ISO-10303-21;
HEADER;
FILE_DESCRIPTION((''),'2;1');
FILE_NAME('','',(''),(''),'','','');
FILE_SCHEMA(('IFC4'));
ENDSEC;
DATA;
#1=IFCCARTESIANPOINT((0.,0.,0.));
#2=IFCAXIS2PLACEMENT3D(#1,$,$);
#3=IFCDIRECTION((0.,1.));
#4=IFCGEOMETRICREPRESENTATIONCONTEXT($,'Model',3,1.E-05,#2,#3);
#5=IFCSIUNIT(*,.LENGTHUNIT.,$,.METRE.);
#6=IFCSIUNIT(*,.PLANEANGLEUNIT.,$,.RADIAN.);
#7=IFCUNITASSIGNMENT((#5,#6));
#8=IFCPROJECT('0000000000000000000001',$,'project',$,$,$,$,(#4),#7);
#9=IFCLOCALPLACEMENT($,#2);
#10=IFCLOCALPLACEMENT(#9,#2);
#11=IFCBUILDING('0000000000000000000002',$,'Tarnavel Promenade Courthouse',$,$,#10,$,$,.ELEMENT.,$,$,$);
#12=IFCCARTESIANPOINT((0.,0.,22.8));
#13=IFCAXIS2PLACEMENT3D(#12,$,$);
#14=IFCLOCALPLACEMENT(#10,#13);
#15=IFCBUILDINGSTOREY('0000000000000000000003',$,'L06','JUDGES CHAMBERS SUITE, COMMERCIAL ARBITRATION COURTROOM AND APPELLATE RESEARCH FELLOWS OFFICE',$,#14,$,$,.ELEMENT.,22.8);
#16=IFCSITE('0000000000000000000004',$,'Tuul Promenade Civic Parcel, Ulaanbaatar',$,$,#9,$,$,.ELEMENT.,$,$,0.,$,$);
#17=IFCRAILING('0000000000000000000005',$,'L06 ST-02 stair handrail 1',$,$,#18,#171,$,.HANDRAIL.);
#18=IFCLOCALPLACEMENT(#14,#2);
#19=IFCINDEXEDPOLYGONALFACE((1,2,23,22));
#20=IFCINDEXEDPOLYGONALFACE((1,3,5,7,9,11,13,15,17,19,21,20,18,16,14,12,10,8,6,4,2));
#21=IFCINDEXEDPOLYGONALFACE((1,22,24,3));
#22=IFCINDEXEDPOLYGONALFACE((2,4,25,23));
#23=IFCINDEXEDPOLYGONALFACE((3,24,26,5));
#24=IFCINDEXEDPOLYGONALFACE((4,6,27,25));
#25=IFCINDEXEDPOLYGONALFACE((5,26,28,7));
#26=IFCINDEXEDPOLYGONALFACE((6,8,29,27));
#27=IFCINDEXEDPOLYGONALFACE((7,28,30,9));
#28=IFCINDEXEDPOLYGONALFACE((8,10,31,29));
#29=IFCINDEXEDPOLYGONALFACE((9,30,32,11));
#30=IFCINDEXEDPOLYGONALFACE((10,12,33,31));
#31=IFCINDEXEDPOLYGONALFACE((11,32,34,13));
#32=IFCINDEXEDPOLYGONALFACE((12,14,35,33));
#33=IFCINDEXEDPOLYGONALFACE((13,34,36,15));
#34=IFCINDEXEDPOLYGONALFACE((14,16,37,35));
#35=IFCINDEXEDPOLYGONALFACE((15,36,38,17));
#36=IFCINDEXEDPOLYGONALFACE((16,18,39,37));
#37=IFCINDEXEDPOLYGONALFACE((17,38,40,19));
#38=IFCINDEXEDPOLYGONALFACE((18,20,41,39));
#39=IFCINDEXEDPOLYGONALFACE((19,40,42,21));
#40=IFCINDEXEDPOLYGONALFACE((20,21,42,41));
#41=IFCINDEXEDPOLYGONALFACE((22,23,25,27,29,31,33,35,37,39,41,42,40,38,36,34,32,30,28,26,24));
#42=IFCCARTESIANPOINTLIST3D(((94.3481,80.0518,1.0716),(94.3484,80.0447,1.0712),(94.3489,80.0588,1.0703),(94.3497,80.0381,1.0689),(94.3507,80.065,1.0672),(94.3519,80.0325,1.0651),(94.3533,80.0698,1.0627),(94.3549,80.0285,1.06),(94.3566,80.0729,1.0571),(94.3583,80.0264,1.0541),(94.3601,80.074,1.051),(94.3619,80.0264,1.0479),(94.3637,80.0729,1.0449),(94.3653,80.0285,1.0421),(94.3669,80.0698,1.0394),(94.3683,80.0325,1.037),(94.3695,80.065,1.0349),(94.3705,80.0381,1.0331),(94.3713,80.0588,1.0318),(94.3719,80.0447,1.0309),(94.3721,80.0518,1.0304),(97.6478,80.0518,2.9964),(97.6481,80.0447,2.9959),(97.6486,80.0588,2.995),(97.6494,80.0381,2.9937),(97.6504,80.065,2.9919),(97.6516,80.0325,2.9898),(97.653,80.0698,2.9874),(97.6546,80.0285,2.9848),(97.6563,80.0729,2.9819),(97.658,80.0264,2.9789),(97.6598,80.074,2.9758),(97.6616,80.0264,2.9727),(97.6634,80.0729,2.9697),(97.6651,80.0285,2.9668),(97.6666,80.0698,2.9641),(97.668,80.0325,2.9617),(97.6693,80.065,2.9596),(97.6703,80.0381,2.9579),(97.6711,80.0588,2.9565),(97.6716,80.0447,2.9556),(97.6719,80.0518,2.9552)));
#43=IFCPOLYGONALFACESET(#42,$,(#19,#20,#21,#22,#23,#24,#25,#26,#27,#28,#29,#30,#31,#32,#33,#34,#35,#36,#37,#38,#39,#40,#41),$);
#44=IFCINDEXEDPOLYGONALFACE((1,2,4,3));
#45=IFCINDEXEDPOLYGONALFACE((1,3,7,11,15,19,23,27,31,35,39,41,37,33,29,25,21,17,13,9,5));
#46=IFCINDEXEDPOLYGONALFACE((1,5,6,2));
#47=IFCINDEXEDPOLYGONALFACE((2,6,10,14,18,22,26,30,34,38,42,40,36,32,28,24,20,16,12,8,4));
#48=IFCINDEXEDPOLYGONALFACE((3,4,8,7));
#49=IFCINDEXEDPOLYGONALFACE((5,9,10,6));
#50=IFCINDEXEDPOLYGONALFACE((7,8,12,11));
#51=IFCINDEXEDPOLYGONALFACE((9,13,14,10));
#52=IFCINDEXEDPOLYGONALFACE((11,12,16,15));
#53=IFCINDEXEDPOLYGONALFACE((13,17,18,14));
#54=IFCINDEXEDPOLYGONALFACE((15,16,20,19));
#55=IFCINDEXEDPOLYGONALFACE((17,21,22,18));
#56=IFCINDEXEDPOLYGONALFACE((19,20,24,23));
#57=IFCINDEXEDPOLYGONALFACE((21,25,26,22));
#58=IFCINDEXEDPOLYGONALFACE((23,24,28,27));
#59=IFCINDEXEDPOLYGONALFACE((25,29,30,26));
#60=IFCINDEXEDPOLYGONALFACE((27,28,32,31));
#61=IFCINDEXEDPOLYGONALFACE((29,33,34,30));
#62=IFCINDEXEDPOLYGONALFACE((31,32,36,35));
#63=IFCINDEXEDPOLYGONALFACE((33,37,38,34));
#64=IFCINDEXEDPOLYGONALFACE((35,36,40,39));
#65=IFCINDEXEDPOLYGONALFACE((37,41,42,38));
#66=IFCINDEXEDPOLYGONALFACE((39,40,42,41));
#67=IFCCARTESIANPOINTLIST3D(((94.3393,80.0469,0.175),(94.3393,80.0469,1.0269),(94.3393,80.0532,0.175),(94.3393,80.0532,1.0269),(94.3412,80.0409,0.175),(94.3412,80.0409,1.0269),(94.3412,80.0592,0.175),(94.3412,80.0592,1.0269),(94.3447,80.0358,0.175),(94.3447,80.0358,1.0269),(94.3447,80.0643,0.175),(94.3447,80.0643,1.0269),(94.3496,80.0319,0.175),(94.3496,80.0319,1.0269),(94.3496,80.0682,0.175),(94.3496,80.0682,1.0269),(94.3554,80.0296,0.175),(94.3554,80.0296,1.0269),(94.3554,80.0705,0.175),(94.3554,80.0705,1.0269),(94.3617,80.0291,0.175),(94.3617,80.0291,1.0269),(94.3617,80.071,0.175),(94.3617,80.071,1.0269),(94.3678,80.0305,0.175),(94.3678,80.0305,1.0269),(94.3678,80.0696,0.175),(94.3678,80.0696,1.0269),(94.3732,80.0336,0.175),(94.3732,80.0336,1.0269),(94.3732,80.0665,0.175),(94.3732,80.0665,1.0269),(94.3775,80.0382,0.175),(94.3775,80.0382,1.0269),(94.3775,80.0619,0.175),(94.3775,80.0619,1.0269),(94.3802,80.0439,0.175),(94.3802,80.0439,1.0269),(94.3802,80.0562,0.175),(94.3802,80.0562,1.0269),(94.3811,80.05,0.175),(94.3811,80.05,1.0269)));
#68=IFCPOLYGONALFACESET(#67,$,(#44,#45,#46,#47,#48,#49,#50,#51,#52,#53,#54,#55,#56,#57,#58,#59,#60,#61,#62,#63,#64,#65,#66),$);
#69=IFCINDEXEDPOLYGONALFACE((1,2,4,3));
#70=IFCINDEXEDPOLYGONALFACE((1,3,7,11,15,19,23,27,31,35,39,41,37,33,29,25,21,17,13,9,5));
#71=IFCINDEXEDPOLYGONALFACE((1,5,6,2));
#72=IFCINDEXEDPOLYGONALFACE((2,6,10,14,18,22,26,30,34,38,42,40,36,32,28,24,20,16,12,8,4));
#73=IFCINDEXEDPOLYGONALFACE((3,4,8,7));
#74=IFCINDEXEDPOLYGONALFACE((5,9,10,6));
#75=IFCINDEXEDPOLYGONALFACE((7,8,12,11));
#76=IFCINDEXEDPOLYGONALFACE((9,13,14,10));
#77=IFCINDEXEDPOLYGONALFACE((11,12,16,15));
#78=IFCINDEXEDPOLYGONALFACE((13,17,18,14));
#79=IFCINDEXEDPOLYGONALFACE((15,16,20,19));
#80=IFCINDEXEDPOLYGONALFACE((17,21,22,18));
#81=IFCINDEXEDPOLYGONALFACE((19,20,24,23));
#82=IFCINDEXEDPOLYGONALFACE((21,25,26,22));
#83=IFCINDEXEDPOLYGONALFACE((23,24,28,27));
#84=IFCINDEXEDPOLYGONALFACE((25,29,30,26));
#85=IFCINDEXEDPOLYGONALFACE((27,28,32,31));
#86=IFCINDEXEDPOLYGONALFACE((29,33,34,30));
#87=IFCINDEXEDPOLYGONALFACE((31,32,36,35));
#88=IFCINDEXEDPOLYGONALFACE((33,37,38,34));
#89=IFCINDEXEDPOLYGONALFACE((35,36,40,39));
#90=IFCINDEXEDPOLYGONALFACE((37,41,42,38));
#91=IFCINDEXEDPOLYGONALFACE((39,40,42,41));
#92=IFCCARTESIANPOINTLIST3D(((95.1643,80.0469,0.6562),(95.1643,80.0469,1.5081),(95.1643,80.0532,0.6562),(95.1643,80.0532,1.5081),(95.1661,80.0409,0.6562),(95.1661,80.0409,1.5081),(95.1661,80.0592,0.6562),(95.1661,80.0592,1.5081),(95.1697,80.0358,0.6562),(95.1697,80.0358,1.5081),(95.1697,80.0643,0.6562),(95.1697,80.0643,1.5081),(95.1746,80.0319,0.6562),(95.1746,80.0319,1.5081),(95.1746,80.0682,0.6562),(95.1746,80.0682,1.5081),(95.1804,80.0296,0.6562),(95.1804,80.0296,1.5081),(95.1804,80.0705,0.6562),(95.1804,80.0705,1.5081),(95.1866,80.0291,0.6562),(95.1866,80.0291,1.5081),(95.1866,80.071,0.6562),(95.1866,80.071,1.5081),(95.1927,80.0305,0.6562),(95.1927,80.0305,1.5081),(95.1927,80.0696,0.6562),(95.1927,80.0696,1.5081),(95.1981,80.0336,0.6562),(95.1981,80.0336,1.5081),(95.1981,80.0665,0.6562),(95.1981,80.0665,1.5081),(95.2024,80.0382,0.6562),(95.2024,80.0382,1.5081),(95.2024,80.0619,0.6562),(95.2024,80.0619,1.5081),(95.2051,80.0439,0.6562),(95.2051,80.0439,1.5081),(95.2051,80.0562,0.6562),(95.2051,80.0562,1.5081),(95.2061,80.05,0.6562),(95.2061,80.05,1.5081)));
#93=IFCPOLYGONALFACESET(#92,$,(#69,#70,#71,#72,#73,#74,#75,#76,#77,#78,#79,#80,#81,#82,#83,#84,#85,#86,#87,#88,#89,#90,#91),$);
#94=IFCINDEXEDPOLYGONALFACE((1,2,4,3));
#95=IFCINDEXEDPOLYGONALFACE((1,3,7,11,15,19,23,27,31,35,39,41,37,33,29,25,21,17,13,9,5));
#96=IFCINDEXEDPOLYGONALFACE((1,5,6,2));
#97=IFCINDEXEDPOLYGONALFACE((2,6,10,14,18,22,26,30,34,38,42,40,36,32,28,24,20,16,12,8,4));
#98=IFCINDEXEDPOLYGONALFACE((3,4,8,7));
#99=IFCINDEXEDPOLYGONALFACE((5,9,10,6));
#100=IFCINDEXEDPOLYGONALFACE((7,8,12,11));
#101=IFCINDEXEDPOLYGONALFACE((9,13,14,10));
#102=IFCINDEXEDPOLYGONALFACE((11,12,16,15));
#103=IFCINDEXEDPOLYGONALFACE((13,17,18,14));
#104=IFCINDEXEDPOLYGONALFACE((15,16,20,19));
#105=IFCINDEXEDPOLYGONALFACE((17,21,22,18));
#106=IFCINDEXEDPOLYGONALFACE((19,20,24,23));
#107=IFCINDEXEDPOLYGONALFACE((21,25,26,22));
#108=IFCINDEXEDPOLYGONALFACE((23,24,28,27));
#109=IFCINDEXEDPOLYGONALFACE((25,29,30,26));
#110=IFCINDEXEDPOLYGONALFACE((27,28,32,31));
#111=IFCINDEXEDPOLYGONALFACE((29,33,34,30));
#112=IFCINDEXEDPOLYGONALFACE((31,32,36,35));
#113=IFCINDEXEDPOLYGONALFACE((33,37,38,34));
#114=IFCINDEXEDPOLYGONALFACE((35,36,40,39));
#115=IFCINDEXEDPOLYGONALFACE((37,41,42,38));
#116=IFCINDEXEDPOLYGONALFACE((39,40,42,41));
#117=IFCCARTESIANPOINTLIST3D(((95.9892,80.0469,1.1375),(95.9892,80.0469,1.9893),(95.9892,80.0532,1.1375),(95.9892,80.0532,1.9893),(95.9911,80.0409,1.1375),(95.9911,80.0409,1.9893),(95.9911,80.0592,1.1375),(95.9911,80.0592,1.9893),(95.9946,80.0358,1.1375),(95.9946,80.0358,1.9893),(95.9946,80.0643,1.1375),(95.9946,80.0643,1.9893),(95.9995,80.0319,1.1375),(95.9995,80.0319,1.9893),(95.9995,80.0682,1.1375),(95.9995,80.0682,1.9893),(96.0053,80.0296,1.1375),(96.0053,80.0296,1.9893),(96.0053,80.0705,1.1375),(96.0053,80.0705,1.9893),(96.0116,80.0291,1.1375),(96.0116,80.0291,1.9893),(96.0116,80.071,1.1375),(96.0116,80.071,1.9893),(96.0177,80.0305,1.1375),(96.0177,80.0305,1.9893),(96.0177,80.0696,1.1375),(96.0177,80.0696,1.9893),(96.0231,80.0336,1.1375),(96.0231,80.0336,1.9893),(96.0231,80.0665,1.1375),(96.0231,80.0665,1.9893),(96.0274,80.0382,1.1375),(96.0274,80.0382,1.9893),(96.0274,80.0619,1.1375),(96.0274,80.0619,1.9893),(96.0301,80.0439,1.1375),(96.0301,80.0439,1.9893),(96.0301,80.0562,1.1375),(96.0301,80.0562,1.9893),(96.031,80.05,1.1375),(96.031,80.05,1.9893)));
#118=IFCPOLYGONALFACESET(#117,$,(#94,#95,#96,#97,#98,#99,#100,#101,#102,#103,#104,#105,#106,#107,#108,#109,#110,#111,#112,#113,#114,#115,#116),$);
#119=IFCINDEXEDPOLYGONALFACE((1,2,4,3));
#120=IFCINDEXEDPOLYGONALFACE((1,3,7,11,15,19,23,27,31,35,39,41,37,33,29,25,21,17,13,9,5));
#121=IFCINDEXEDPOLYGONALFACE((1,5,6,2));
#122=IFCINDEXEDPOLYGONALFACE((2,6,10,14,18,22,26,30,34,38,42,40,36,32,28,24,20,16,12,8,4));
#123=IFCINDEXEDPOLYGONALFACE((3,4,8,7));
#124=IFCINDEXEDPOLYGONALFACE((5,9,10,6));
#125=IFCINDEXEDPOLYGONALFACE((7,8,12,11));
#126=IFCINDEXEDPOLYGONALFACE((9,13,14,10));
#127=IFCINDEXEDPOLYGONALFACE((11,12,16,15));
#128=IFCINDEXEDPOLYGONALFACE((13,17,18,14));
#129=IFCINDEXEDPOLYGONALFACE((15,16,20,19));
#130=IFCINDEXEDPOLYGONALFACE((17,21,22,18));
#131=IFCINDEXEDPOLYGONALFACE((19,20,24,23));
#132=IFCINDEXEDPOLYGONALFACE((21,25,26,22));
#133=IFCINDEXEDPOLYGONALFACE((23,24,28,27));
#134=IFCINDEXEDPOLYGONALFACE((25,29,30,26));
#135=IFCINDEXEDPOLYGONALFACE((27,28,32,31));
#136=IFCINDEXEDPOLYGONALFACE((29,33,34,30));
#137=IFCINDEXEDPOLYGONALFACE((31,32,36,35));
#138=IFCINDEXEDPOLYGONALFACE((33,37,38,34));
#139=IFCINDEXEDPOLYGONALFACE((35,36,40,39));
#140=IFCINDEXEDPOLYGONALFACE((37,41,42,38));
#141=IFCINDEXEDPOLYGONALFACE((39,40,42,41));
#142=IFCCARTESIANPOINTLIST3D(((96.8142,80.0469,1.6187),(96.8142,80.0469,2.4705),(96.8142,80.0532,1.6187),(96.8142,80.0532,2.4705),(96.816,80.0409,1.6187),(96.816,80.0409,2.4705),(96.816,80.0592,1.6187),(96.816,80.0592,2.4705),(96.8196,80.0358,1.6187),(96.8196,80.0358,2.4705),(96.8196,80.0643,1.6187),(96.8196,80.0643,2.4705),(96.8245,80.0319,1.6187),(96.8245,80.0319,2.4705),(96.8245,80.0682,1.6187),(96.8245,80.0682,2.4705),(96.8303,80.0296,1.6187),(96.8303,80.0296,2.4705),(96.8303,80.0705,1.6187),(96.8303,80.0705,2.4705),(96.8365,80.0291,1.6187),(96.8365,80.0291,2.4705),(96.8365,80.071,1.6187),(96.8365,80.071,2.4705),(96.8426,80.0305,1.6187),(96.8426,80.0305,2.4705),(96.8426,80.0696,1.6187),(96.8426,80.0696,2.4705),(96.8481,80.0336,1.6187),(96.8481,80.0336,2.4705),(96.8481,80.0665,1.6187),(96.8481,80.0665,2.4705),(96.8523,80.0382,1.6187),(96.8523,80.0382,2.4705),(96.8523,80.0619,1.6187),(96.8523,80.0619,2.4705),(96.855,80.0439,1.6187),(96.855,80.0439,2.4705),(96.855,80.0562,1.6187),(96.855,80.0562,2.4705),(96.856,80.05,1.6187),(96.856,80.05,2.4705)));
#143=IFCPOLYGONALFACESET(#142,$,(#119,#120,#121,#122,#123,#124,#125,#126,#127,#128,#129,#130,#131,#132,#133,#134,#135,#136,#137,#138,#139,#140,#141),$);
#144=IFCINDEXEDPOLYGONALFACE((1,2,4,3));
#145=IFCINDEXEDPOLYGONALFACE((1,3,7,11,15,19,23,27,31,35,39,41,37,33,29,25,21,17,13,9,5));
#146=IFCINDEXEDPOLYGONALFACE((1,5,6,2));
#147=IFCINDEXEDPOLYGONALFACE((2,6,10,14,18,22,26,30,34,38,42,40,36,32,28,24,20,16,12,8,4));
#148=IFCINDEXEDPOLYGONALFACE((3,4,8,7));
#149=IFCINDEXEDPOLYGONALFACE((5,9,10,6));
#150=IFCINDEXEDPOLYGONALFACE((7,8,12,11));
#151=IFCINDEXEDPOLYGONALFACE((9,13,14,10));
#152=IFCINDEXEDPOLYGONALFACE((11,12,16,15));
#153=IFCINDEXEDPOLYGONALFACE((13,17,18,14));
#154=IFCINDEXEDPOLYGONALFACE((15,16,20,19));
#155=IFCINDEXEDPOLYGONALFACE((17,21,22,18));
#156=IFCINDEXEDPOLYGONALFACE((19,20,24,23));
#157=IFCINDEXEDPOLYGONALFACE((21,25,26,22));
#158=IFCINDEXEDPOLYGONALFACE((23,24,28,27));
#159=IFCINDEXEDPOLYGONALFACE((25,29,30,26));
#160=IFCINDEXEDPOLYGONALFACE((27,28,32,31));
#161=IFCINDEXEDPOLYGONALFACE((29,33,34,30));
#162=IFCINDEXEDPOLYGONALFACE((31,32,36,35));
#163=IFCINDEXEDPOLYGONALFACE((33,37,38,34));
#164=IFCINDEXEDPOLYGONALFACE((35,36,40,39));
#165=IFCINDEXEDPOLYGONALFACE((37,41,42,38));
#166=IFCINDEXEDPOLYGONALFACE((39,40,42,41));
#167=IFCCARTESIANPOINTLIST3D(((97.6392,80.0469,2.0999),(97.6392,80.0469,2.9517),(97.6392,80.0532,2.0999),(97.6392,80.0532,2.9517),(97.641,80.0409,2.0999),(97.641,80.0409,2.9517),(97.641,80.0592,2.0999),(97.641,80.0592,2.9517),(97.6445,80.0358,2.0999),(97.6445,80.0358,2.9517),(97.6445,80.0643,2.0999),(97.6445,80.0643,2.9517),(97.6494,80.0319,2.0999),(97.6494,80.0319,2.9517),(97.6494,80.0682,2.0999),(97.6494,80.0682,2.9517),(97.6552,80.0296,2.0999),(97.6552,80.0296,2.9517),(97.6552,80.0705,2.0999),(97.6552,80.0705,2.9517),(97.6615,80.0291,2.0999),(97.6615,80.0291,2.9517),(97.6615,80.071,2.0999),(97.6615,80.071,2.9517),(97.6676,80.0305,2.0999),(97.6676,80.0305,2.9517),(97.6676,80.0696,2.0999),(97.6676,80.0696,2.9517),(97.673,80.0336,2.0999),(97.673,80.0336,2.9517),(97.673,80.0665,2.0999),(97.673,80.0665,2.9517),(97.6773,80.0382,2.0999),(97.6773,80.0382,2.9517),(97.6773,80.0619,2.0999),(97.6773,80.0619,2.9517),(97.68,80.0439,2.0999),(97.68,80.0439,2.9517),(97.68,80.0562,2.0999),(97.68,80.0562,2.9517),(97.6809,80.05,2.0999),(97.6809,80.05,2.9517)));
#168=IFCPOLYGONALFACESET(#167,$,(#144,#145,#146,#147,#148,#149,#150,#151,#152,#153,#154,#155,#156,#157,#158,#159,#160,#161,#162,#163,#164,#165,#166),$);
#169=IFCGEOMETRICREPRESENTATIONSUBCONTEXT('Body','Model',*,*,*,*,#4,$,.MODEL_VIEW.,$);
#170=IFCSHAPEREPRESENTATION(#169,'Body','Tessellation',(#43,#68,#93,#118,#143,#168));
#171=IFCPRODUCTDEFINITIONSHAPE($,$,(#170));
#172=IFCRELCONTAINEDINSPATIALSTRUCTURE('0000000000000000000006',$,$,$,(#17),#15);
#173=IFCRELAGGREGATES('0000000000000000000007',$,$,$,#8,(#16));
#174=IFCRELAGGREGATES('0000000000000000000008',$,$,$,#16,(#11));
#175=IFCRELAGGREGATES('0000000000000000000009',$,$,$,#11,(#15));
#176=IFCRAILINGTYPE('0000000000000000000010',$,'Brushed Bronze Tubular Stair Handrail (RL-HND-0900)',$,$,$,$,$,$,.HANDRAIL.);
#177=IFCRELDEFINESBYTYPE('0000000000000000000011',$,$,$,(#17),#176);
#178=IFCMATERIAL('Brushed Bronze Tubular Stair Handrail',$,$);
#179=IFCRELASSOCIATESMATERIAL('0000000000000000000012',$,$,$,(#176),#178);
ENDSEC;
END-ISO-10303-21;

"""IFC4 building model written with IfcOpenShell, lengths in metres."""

from ifc_helpers import new_model, si_unit, direction, frame, origin, origin_2d, place, context, subcontext, project, spatial, circle, extrude, material, type_object, element, save


model = new_model("IFC4")

# Units and contexts
model_context = context("Model", 3, precision=1e-05, world=origin(), true_north=direction((0.0, 1.0)))
body_context = subcontext(model_context, "Body", "Model", "MODEL_VIEW")
ifc_project = project(units=[si_unit("LENGTHUNIT", "METRE"), si_unit("PLANEANGLEUNIT", "RADIAN")], contexts=[model_context])

# Site, building, storey
site_placement = place(None, origin())
site = spatial("IfcSite", under=ifc_project, at=site_placement, Name="Tuul Promenade Civic Parcel, Ulaanbaatar", CompositionType="ELEMENT", RefElevation=0.0)
building_placement = place(site_placement, origin())
building = spatial("IfcBuilding", under=site, at=building_placement, Name="Tarnavel Promenade Courthouse", CompositionType="ELEMENT")
storey_placement = place(building_placement, frame((0.0, 0.0, 22.8)))
storey = spatial("IfcBuildingStorey", under=building, at=storey_placement, Name="L06", Description="JUDGES CHAMBERS SUITE, COMMERCIAL ARBITRATION COURTROOM AND APPELLATE RESEARCH FELLOWS OFFICE", CompositionType="ELEMENT", Elevation=22.8)

# Railing
ifc_material_1 = material(Name="Brushed Bronze Tubular Stair Handrail")
railing_type_1 = type_object("IfcRailingType", Name="Brushed Bronze Tubular Stair Handrail (RL-HND-0900)", PredefinedType="HANDRAIL", material=ifc_material_1)
railing_1_placement = place(storey_placement, frame((94.3601, 80.05, 0.175)))
element("IfcRailing", 1, at=railing_1_placement, inside=storey, type_object=railing_type_1, Name="L06 ST-02 stair handrail 1", PredefinedType="HANDRAIL", context=body_context, shape_type="SweptSolid", body=[
    extrude(circle(Radius=0.0239, at=origin_2d()), frame((0.0, 0.0, 0.876), z_axis=(0.863788, 0.0, 0.503855), x_axis=(0.0, 1.0, 0.0)), (0.0, 0.0, 1.0), 3.8201),
    extrude(circle(Radius=0.021, at=origin_2d()), origin(), (0.0, 0.0, 1.0), 0.8518),
    extrude(circle(Radius=0.021, at=origin_2d()), frame((0.825, 0.0, 0.4812)), (0.0, 0.0, 1.0), 0.8518),
    extrude(circle(Radius=0.021, at=origin_2d()), frame((1.6499, 0.0, 0.9624)), (0.0, 0.0, 1.0), 0.8518),
    extrude(circle(Radius=0.021, at=origin_2d()), frame((2.4749, 0.0, 1.4436)), (0.0, 0.0, 1.0), 0.8518),
    extrude(circle(Radius=0.021, at=origin_2d()), frame((3.2998, 0.0, 1.9248)), (0.0, 0.0, 1.0), 0.8518),
])

save(model, "model.ifc")
